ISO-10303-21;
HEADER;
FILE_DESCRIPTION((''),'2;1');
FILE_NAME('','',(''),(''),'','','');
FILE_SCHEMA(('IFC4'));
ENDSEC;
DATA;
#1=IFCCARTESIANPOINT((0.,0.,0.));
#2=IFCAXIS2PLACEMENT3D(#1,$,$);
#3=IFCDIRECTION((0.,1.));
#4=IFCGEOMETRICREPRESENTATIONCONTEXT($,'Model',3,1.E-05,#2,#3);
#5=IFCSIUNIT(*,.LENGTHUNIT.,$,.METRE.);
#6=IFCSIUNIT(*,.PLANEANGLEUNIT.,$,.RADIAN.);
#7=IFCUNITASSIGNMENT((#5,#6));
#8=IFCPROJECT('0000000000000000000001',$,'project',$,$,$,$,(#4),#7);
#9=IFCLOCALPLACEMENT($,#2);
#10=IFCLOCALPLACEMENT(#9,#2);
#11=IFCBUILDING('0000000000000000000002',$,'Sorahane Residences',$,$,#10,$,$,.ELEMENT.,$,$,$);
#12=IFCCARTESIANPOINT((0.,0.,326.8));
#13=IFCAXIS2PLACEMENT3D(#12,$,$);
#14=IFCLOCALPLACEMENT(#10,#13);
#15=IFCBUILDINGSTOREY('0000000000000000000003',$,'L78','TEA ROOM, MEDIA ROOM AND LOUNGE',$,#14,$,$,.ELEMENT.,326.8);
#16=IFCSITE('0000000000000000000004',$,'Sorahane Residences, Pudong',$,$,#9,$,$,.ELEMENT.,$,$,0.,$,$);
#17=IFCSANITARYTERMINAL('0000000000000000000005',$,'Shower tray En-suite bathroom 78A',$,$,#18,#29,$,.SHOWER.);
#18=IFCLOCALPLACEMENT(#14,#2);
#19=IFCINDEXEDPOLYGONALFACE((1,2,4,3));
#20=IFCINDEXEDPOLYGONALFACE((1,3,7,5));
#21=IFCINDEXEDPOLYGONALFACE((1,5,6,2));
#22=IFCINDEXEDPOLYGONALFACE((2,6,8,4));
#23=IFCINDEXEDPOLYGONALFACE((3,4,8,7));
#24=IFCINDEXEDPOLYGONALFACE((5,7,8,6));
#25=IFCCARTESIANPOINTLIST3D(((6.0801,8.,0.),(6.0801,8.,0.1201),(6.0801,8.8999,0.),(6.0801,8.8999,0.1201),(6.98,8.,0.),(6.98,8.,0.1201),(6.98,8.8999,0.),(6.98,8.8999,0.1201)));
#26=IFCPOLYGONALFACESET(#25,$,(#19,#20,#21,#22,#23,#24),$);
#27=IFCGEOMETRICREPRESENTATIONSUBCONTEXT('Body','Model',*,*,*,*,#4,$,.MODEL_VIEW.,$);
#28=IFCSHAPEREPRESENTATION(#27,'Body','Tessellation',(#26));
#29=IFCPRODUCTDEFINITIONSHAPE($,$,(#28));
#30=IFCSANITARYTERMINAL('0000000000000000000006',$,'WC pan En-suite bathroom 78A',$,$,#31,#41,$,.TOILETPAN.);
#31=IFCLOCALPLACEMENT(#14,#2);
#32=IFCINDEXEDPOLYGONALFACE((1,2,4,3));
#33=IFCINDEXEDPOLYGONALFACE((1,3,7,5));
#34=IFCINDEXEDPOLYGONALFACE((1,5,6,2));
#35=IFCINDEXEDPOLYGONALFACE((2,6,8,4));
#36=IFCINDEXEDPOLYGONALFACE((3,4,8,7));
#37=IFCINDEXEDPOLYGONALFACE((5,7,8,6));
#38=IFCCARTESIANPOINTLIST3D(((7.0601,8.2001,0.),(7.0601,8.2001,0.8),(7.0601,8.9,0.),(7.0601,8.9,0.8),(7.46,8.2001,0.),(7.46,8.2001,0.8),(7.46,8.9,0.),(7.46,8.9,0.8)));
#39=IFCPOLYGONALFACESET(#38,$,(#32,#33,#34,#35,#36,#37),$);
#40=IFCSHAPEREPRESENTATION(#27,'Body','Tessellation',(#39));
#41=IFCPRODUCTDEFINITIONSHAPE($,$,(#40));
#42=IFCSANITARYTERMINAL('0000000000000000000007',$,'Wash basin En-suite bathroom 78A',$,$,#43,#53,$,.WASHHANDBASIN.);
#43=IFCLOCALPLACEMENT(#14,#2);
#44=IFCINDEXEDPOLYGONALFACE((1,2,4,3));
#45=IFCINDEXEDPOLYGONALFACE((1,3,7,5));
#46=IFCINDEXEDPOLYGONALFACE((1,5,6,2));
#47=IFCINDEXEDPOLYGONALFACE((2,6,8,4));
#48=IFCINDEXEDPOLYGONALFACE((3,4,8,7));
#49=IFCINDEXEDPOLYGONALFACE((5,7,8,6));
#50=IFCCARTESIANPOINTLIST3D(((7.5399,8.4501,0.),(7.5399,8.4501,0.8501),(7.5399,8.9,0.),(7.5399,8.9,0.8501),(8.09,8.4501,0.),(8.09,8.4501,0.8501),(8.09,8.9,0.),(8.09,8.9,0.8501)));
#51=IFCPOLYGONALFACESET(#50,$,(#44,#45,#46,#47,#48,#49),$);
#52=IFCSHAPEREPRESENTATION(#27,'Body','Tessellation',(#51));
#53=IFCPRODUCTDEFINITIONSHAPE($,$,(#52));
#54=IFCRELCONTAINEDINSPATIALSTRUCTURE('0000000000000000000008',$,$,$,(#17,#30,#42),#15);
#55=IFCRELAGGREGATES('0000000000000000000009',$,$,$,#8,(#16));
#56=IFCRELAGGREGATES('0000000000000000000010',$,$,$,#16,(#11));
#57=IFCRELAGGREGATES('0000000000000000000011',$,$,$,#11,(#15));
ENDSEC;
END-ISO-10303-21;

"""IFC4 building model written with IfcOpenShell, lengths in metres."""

from ifc_helpers import new_model, si_unit, direction, frame, origin, origin_2d, place, context, subcontext, project, spatial, rectangle, extrude, element, save


model = new_model("IFC4")

# Units and contexts
model_context = context("Model", 3, precision=1e-05, world=origin(), true_north=direction((0.0, 1.0)))
body_context = subcontext(model_context, "Body", "Model", "MODEL_VIEW")
ifc_project = project(units=[si_unit("LENGTHUNIT", "METRE"), si_unit("PLANEANGLEUNIT", "RADIAN")], contexts=[model_context])

# Site, building, storey
site_placement = place(None, origin())
site = spatial("IfcSite", under=ifc_project, at=site_placement, Name="Sorahane Residences, Pudong", CompositionType="ELEMENT", RefElevation=0.0)
building_placement = place(site_placement, origin())
building = spatial("IfcBuilding", under=site, at=building_placement, Name="Sorahane Residences", CompositionType="ELEMENT")
storey_placement = place(building_placement, frame((0.0, 0.0, 326.8)))
storey = spatial("IfcBuildingStorey", under=building, at=storey_placement, Name="L78", Description="TEA ROOM, MEDIA ROOM AND LOUNGE", CompositionType="ELEMENT", Elevation=326.8)

# Sanitary terminals
sanitary_terminal_1_placement = place(storey_placement, frame((6.53, 8.45, 0.0), z_axis=(0.0, 0.0, 1.0), x_axis=(1.0, 0.0, 0.0)))
element("IfcSanitaryTerminal", 1, at=sanitary_terminal_1_placement, inside=storey, Name="Shower tray En-suite bathroom 78A", PredefinedType="SHOWER", context=body_context, shape_type="SweptSolid", body=[
    extrude(rectangle(XDim=0.8999, YDim=0.8999, at=origin_2d()), origin(), (0.0, 0.0, 1.0), 0.1201),
])
sanitary_terminal_2_placement = place(storey_placement, frame((7.26, 8.55, 0.0), z_axis=(0.0, 0.0, 1.0), x_axis=(1.0, 0.0, 0.0)))
element("IfcSanitaryTerminal", 2, at=sanitary_terminal_2_placement, inside=storey, Name="WC pan En-suite bathroom 78A", PredefinedType="TOILETPAN", context=body_context, shape_type="SweptSolid", body=[
    extrude(rectangle(XDim=0.3999, YDim=0.7, at=origin_2d()), origin(), (0.0, 0.0, 1.0), 0.8),
])
sanitary_terminal_3_placement = place(storey_placement, frame((7.8149, 8.675, 0.0), z_axis=(0.0, 0.0, 1.0), x_axis=(1.0, 0.0, 0.0)))
element("IfcSanitaryTerminal", 3, at=sanitary_terminal_3_placement, inside=storey, Name="Wash basin En-suite bathroom 78A", PredefinedType="WASHHANDBASIN", context=body_context, shape_type="SweptSolid", body=[
    extrude(rectangle(XDim=0.55, YDim=0.45, at=origin_2d()), origin(), (0.0, 0.0, 1.0), 0.8501),
])

save(model, "model.ifc")
